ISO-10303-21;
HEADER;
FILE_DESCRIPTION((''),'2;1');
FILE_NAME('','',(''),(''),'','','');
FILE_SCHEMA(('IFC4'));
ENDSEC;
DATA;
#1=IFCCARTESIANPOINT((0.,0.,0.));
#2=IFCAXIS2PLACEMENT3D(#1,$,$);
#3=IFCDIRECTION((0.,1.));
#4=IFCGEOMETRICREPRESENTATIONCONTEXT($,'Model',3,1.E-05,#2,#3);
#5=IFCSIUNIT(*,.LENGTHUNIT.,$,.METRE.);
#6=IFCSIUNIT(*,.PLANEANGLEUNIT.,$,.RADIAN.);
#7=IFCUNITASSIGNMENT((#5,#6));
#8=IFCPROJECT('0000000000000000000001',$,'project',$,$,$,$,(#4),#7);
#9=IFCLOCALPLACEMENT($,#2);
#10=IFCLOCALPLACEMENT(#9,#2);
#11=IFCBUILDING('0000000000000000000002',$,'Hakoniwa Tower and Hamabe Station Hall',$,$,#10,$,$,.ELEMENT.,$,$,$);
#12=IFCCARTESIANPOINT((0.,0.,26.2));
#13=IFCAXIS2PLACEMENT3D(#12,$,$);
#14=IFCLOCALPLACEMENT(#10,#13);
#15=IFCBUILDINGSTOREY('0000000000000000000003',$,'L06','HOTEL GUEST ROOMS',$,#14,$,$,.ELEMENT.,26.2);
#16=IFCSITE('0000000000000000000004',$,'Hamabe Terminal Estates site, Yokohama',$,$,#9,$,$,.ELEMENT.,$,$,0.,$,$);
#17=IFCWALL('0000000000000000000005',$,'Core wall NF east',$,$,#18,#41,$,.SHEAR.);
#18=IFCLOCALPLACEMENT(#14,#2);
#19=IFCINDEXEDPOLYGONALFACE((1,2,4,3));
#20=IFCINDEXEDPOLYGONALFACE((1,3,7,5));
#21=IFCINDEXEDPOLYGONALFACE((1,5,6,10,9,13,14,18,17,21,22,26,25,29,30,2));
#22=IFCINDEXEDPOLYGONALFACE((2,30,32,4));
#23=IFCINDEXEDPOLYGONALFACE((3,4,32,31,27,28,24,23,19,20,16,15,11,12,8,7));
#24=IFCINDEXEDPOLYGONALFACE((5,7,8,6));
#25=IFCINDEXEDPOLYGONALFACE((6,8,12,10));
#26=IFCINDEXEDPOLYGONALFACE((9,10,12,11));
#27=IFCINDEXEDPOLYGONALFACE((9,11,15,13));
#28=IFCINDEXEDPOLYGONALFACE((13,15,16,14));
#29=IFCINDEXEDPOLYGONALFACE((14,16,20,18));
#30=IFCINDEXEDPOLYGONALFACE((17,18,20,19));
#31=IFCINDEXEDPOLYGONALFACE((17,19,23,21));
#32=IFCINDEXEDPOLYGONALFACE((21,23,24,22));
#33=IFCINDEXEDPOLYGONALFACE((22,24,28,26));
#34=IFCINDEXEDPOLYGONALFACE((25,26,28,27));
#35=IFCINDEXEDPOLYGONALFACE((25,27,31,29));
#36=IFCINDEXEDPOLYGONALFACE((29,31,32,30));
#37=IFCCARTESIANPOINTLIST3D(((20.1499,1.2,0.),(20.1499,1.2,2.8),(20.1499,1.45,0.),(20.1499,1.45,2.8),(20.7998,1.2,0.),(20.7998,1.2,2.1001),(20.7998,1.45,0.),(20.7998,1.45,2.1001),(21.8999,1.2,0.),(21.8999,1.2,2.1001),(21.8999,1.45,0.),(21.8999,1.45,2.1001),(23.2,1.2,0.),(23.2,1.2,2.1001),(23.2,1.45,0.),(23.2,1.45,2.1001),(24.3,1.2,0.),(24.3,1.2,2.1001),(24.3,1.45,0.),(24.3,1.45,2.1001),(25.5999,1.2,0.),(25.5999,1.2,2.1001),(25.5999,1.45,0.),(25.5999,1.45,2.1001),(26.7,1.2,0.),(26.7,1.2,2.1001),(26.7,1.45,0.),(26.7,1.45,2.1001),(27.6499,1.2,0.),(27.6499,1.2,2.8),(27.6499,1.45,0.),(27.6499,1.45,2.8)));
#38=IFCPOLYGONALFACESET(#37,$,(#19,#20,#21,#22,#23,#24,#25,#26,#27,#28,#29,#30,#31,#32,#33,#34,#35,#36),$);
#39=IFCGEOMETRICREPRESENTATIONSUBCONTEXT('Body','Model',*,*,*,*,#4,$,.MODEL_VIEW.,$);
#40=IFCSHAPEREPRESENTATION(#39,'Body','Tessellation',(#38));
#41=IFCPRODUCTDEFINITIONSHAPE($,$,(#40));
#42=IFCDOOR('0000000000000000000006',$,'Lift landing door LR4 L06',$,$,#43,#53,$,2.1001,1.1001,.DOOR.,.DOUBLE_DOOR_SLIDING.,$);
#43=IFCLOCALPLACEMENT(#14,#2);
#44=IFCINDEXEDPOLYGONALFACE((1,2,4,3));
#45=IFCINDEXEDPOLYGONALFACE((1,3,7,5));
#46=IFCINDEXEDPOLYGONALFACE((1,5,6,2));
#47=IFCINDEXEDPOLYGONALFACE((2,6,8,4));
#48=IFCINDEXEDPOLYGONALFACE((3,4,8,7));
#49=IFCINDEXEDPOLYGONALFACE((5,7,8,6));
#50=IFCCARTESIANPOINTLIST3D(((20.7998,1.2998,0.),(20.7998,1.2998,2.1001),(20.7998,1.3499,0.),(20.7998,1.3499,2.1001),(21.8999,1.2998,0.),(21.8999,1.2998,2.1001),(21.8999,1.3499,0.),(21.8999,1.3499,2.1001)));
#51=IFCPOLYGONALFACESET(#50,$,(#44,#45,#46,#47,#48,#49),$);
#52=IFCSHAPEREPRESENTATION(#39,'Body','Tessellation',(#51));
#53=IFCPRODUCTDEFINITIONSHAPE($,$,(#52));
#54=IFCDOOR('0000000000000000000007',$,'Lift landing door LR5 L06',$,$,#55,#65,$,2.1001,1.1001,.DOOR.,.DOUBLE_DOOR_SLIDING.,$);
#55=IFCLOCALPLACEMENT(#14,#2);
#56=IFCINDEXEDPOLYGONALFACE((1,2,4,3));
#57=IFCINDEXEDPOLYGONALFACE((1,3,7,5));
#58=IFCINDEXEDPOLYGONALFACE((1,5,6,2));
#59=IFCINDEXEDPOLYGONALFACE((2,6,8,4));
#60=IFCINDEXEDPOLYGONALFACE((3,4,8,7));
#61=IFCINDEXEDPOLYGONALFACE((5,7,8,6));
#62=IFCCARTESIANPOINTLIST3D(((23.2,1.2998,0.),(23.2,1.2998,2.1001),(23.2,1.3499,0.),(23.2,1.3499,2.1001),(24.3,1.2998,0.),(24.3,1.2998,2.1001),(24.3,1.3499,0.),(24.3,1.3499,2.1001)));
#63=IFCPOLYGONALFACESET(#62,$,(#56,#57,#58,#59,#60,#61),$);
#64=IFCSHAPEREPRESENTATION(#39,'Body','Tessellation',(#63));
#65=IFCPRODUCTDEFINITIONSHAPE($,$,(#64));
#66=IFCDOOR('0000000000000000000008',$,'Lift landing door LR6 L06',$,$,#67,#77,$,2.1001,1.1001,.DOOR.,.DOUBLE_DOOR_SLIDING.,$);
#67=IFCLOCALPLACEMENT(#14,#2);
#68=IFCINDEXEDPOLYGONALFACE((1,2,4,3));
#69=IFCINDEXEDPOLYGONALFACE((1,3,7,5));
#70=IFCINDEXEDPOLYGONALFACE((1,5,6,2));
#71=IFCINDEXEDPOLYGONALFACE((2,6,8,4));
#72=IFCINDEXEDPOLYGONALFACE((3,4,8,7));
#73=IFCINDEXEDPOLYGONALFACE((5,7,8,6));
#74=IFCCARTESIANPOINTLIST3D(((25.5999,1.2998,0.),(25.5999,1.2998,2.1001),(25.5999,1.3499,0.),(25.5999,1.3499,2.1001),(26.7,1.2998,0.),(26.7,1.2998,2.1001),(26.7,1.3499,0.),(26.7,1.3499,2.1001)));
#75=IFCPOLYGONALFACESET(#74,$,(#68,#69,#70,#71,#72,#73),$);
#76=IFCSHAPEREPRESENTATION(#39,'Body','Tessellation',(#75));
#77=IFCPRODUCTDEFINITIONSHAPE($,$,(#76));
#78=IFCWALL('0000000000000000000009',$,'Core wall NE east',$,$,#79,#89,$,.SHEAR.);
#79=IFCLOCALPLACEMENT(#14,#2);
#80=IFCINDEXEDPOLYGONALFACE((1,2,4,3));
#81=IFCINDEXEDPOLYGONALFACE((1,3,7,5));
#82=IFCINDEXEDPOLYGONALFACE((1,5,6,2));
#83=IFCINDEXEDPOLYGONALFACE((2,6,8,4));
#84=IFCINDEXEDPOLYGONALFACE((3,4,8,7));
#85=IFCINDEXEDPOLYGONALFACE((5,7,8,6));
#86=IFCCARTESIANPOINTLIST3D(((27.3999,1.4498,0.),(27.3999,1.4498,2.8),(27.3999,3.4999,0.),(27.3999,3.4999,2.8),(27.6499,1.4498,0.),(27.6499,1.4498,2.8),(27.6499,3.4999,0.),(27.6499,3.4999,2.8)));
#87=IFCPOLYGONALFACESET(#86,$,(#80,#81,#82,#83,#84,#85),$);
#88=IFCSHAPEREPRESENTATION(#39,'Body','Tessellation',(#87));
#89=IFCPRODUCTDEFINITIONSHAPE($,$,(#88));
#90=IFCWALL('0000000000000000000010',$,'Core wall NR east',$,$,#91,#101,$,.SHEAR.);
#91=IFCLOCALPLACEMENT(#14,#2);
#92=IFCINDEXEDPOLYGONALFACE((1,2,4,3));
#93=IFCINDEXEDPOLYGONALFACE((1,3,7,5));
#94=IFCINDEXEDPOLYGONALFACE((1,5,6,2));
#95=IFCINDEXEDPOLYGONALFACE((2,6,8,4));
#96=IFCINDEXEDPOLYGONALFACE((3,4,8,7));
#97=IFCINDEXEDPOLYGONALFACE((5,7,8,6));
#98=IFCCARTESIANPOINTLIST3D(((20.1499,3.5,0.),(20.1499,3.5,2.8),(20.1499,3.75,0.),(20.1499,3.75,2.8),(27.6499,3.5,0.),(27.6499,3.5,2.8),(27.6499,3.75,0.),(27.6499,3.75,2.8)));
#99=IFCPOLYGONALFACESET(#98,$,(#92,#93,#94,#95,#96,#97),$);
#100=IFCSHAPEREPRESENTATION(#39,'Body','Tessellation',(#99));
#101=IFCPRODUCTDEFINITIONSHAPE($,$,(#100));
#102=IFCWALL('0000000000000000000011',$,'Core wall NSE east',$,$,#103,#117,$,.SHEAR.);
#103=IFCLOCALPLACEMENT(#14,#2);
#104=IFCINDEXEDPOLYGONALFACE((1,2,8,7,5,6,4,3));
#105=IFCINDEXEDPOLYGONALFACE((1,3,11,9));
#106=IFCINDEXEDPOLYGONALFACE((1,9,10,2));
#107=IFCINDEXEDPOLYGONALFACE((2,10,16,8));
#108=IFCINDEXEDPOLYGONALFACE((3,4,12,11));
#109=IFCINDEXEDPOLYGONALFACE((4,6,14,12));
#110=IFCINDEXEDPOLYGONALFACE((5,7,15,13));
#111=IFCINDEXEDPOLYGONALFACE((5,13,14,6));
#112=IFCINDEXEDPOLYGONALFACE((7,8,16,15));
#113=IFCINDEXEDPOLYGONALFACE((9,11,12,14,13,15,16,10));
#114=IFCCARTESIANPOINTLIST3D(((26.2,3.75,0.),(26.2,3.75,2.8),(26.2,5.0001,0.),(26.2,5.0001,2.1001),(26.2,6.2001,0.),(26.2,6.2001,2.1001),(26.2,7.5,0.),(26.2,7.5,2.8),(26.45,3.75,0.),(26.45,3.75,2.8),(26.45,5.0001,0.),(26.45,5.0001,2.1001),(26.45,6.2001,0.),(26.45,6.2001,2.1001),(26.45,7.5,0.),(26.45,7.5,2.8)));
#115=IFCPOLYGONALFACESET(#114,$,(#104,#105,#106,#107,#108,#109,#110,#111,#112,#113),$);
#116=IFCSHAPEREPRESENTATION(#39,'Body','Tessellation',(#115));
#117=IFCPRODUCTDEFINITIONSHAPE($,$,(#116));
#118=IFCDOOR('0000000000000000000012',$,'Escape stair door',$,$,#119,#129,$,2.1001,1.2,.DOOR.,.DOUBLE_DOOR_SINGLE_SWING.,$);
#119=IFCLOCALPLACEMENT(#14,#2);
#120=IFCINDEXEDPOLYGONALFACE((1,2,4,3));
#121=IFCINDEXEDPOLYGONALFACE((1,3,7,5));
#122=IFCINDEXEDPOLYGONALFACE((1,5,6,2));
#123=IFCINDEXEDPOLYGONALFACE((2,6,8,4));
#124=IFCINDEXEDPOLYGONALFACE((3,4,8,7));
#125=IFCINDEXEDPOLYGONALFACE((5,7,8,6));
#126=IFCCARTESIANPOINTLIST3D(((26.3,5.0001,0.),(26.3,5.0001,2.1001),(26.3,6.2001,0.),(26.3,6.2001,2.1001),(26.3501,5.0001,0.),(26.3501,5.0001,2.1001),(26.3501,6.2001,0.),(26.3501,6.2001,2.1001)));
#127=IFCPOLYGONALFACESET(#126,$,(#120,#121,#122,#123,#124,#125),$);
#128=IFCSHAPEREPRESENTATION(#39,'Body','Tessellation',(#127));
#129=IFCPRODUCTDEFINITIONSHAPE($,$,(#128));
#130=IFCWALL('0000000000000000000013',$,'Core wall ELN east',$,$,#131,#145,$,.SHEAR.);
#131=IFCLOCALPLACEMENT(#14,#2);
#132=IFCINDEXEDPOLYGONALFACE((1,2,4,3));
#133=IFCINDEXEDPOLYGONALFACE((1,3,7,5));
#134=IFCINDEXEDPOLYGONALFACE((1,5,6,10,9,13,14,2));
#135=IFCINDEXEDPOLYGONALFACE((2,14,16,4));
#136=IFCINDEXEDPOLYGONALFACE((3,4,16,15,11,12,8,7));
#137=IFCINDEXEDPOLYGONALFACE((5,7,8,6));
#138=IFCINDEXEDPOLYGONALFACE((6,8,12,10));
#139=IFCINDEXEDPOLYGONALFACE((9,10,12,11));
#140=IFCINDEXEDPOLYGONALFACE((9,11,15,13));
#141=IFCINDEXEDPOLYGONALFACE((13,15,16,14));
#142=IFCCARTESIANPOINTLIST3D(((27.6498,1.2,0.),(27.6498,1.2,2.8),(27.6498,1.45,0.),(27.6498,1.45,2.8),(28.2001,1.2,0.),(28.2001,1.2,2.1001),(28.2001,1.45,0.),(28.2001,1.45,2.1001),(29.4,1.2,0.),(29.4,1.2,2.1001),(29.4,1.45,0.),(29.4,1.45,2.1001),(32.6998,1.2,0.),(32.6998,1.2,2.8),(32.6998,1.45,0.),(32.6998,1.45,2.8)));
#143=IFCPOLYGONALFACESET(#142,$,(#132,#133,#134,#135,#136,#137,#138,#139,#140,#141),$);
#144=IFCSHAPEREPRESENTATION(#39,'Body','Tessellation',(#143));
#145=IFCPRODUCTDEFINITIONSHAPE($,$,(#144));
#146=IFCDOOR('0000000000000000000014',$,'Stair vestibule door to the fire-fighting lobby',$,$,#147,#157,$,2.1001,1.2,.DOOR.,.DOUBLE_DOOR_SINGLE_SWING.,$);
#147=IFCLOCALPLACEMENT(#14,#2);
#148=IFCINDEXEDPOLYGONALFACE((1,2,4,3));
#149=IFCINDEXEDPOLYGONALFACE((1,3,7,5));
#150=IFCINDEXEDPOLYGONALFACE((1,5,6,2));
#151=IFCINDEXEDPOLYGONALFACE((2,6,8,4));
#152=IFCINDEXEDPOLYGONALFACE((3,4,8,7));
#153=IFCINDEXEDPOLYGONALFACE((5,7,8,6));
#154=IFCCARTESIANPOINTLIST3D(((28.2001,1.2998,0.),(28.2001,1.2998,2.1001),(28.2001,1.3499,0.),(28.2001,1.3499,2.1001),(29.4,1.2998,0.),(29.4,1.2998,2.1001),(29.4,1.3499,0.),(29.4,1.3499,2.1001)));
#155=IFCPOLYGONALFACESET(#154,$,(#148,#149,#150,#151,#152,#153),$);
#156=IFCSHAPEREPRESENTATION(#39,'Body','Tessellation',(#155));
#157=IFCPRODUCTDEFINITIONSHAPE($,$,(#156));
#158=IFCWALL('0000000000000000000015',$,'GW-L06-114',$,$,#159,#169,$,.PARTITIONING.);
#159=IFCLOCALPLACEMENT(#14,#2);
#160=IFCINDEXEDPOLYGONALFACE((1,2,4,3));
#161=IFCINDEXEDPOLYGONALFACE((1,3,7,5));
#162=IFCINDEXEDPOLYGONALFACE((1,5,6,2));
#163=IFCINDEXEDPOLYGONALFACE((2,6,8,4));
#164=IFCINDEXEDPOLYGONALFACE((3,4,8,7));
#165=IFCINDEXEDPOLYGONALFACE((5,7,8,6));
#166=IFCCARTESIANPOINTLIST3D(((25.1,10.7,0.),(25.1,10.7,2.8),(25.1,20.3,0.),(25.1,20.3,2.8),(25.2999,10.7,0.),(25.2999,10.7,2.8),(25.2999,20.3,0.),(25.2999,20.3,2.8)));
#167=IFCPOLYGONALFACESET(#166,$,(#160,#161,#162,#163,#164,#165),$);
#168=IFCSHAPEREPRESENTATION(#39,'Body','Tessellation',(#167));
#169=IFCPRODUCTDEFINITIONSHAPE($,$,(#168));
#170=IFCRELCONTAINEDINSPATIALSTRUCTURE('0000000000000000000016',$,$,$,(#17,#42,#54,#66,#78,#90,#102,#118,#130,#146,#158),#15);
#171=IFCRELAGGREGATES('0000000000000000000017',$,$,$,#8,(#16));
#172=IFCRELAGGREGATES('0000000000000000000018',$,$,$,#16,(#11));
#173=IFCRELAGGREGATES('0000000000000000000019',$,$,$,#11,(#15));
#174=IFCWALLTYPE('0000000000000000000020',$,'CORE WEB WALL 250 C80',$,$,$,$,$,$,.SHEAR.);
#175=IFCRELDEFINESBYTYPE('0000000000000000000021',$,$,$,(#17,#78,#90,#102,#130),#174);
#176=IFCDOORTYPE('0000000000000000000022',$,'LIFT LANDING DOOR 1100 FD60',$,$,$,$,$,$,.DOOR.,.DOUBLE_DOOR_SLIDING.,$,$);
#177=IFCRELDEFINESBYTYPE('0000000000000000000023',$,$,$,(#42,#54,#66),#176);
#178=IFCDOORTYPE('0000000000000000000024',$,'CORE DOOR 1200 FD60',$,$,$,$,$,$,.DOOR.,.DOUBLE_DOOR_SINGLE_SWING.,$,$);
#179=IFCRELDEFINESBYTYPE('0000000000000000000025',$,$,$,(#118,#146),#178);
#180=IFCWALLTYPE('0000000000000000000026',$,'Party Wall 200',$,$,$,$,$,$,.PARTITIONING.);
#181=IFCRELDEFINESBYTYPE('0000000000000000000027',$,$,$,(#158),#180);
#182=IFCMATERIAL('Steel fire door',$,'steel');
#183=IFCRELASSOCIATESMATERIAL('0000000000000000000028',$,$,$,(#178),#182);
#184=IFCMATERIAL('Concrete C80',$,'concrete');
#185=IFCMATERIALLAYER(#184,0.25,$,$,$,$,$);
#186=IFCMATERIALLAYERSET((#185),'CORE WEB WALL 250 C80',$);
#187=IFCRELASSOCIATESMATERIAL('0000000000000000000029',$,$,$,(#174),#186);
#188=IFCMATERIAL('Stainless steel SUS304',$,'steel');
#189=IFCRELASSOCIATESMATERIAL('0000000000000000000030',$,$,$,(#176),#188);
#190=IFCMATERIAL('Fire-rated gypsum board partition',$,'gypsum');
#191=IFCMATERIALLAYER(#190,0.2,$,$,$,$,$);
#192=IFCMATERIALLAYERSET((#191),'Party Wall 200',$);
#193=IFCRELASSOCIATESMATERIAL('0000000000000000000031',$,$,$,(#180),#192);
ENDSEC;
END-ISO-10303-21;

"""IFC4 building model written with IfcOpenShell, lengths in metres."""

from ifc_helpers import new_model, si_unit, direction, frame, frame_2d, origin, place, context, subcontext, project, spatial, rectangle, extrude, material, layer, layer_set, type_object, element, fill, save


model = new_model("IFC4")

# Units and contexts
model_context = context("Model", 3, precision=1e-05, world=origin(), true_north=direction((0.0, 1.0)))
body_context = subcontext(model_context, "Body", "Model", "MODEL_VIEW")
ifc_project = project(units=[si_unit("LENGTHUNIT", "METRE"), si_unit("PLANEANGLEUNIT", "RADIAN")], contexts=[model_context])

# Site, building, storey
site_placement = place(None, origin())
site = spatial("IfcSite", under=ifc_project, at=site_placement, Name="Hamabe Terminal Estates site, Yokohama", CompositionType="ELEMENT", RefElevation=0.0)
building_placement = place(site_placement, origin())
building = spatial("IfcBuilding", under=site, at=building_placement, Name="Hakoniwa Tower and Hamabe Station Hall", CompositionType="ELEMENT")
storey_placement = place(building_placement, frame((0.0, 0.0, 26.2)))
storey = spatial("IfcBuildingStorey", under=building, at=storey_placement, Name="L06", Description="HOTEL GUEST ROOMS", CompositionType="ELEMENT", Elevation=26.2)

# Shared definitions
ifc_material_1 = material(Name="Steel fire door", Category="steel")
door_type_1 = type_object("IfcDoorType", Name="CORE DOOR 1200 FD60", OperationType="DOUBLE_DOOR_SINGLE_SWING", PredefinedType="DOOR", material=ifc_material_1)

# Shared definitions
ifc_material_2 = material(Name="Concrete C80", Category="concrete")
ifc_layer_1 = layer(ifc_material_2, 0.25)
ifc_layer_set_1 = layer_set([ifc_layer_1], Name="CORE WEB WALL 250 C80")
wall_type_1 = type_object("IfcWallType", Name="CORE WEB WALL 250 C80", PredefinedType="SHEAR", material=ifc_layer_set_1)

# Wall, openings, doors
wall_1_placement = place(storey_placement, frame((20.1499, 1.325, 0.0), z_axis=(0.0, 0.0, 1.0), x_axis=(1.0, 0.0, 0.0)))
wall_1 = element("IfcWall", 1, at=wall_1_placement, inside=storey, type_object=wall_type_1, Name="Core wall NF east", PredefinedType="SHEAR", context=body_context, shape_type="SweptSolid", body=[
    extrude(rectangle(XDim=7.5, YDim=0.25, at=frame_2d((3.75, 0.0))), origin(), (0.0, 0.0, 1.0), 2.8),
])
opening_1_placement = place(wall_1_placement, frame((0.6499, 0.0, 0.0)))
opening_1 = element("IfcOpeningElement", 2, at=opening_1_placement, cuts=wall_1, PredefinedType="OPENING", context=body_context, shape_type="SweptSolid", body=[
    extrude(rectangle(XDim=1.1001, YDim=2.1001, at=frame_2d((0.55, 1.05))), frame((0.0, 0.135, 0.0), z_axis=(0.0, -1.0, 0.0), x_axis=(1.0, 0.0, 0.0)), (0.0, 0.0, 1.0), 0.27),
])
opening_2_placement = place(wall_1_placement, frame((3.05, 0.0, 0.0)))
opening_2 = element("IfcOpeningElement", 3, at=opening_2_placement, cuts=wall_1, PredefinedType="OPENING", context=body_context, shape_type="SweptSolid", body=[
    extrude(rectangle(XDim=1.1001, YDim=2.1001, at=frame_2d((0.55, 1.05))), frame((0.0, 0.135, 0.0), z_axis=(0.0, -1.0, 0.0), x_axis=(1.0, 0.0, 0.0)), (0.0, 0.0, 1.0), 0.27),
])
opening_3_placement = place(wall_1_placement, frame((5.45, 0.0, 0.0)))
opening_3 = element("IfcOpeningElement", 4, at=opening_3_placement, cuts=wall_1, PredefinedType="OPENING", context=body_context, shape_type="SweptSolid", body=[
    extrude(rectangle(XDim=1.1001, YDim=2.1001, at=frame_2d((0.55, 1.05))), frame((0.0, 0.135, 0.0), z_axis=(0.0, -1.0, 0.0), x_axis=(1.0, 0.0, 0.0)), (0.0, 0.0, 1.0), 0.27),
])
ifc_material_3 = material(Name="Stainless steel SUS304", Category="steel")
door_type_2 = type_object("IfcDoorType", Name="LIFT LANDING DOOR 1100 FD60", OperationType="DOUBLE_DOOR_SLIDING", PredefinedType="DOOR", material=ifc_material_3)
door_1_placement = place(opening_1_placement, origin())
door_1 = element("IfcDoor", 5, at=door_1_placement, inside=storey, type_object=door_type_2, Name="Lift landing door LR4 L06", OperationType="DOUBLE_DOOR_SLIDING", OverallHeight=2.1001, OverallWidth=1.1001, PredefinedType="DOOR", context=body_context, shape_type="SweptSolid", body=[
    extrude(rectangle(XDim=1.1001, YDim=2.1001, at=frame_2d((0.55, 1.05))), frame((0.0, 0.0249, 0.0), z_axis=(0.0, -1.0, 0.0), x_axis=(1.0, 0.0, 0.0)), (0.0, 0.0, 1.0), 0.05),
])
fill(opening_1, door_1)
door_2_placement = place(opening_2_placement, origin())
door_2 = element("IfcDoor", 6, at=door_2_placement, inside=storey, type_object=door_type_2, Name="Lift landing door LR5 L06", OperationType="DOUBLE_DOOR_SLIDING", OverallHeight=2.1001, OverallWidth=1.1001, PredefinedType="DOOR", context=body_context, shape_type="SweptSolid", body=[
    extrude(rectangle(XDim=1.1001, YDim=2.1001, at=frame_2d((0.55, 1.05))), frame((0.0, 0.0249, 0.0), z_axis=(0.0, -1.0, 0.0), x_axis=(1.0, 0.0, 0.0)), (0.0, 0.0, 1.0), 0.05),
])
fill(opening_2, door_2)
door_3_placement = place(opening_3_placement, origin())
door_3 = element("IfcDoor", 7, at=door_3_placement, inside=storey, type_object=door_type_2, Name="Lift landing door LR6 L06", OperationType="DOUBLE_DOOR_SLIDING", OverallHeight=2.1001, OverallWidth=1.1001, PredefinedType="DOOR", context=body_context, shape_type="SweptSolid", body=[
    extrude(rectangle(XDim=1.1001, YDim=2.1001, at=frame_2d((0.55, 1.05))), frame((0.0, 0.0249, 0.0), z_axis=(0.0, -1.0, 0.0), x_axis=(1.0, 0.0, 0.0)), (0.0, 0.0, 1.0), 0.05),
])
fill(opening_3, door_3)

# Walls
wall_2_placement = place(storey_placement, frame((27.5249, 1.45, 0.0), z_axis=(0.0, 0.0, 1.0), x_axis=(0.0, 1.0, 0.0)))
element("IfcWall", 8, at=wall_2_placement, inside=storey, type_object=wall_type_1, Name="Core wall NE east", PredefinedType="SHEAR", context=body_context, shape_type="SweptSolid", body=[
    extrude(rectangle(XDim=2.05, YDim=0.25, at=frame_2d((1.0249, 0.0))), origin(), (0.0, 0.0, 1.0), 2.8),
])
wall_3_placement = place(storey_placement, frame((20.1499, 3.625, 0.0), z_axis=(0.0, 0.0, 1.0), x_axis=(1.0, 0.0, 0.0)))
element("IfcWall", 9, at=wall_3_placement, inside=storey, type_object=wall_type_1, Name="Core wall NR east", PredefinedType="SHEAR", context=body_context, shape_type="SweptSolid", body=[
    extrude(rectangle(XDim=7.5, YDim=0.25, at=frame_2d((3.75, 0.0))), origin(), (0.0, 0.0, 1.0), 2.8),
])

# Walls, openings, doors
wall_4_placement = place(storey_placement, frame((26.325, 3.75, 0.0), z_axis=(0.0, 0.0, 1.0), x_axis=(0.0, 1.0, 0.0)))
wall_4 = element("IfcWall", 10, at=wall_4_placement, inside=storey, type_object=wall_type_1, Name="Core wall NSE east", PredefinedType="SHEAR", context=body_context, shape_type="SweptSolid", body=[
    extrude(rectangle(XDim=3.75, YDim=0.25, at=frame_2d((1.875, 0.0))), origin(), (0.0, 0.0, 1.0), 2.8),
])
opening_4_placement = place(wall_4_placement, frame((1.25, 0.0, 0.0)))
opening_4 = element("IfcOpeningElement", 11, at=opening_4_placement, cuts=wall_4, PredefinedType="OPENING", context=body_context, shape_type="SweptSolid", body=[
    extrude(rectangle(XDim=1.2, YDim=2.1001, at=frame_2d((0.6001, 1.05))), frame((0.0, 0.135, 0.0), z_axis=(0.0, -1.0, 0.0), x_axis=(1.0, 0.0, 0.0)), (0.0, 0.0, 1.0), 0.27),
])
door_4_placement = place(opening_4_placement, origin())
door_4 = element("IfcDoor", 12, at=door_4_placement, inside=storey, type_object=door_type_1, Name="Escape stair door", OperationType="DOUBLE_DOOR_SINGLE_SWING", OverallHeight=2.1001, OverallWidth=1.2, PredefinedType="DOOR", context=body_context, shape_type="SweptSolid", body=[
    extrude(rectangle(XDim=1.2, YDim=2.1001, at=frame_2d((0.6001, 1.05))), frame((0.0, 0.0249, 0.0), z_axis=(0.0, -1.0, 0.0), x_axis=(1.0, 0.0, 0.0)), (0.0, 0.0, 1.0), 0.05),
])
fill(opening_4, door_4)
wall_5_placement = place(storey_placement, frame((27.6499, 1.325, 0.0), z_axis=(0.0, 0.0, 1.0), x_axis=(1.0, 0.0, 0.0)))
wall_5 = element("IfcWall", 13, at=wall_5_placement, inside=storey, type_object=wall_type_1, Name="Core wall ELN east", PredefinedType="SHEAR", context=body_context, shape_type="SweptSolid", body=[
    extrude(rectangle(XDim=5.05, YDim=0.25, at=frame_2d((2.5249, 0.0))), origin(), (0.0, 0.0, 1.0), 2.8),
])
opening_5_placement = place(wall_5_placement, frame((0.55, 0.0, 0.0)))
opening_5 = element("IfcOpeningElement", 14, at=opening_5_placement, cuts=wall_5, PredefinedType="OPENING", context=body_context, shape_type="SweptSolid", body=[
    extrude(rectangle(XDim=1.2, YDim=2.1001, at=frame_2d((0.6001, 1.05))), frame((0.0, 0.135, 0.0), z_axis=(0.0, -1.0, 0.0), x_axis=(1.0, 0.0, 0.0)), (0.0, 0.0, 1.0), 0.27),
])
door_5_placement = place(opening_5_placement, origin())
door_5 = element("IfcDoor", 15, at=door_5_placement, inside=storey, type_object=door_type_1, Name="Stair vestibule door to the fire-fighting lobby", OperationType="DOUBLE_DOOR_SINGLE_SWING", OverallHeight=2.1001, OverallWidth=1.2, PredefinedType="DOOR", context=body_context, shape_type="SweptSolid", body=[
    extrude(rectangle(XDim=1.2, YDim=2.1001, at=frame_2d((0.6001, 1.05))), frame((0.0, 0.0249, 0.0), z_axis=(0.0, -1.0, 0.0), x_axis=(1.0, 0.0, 0.0)), (0.0, 0.0, 1.0), 0.05),
])
fill(opening_5, door_5)

# Wall
ifc_material_4 = material(Name="Fire-rated gypsum board partition", Category="gypsum")
ifc_layer_2 = layer(ifc_material_4, 0.2)
ifc_layer_set_2 = layer_set([ifc_layer_2], Name="Party Wall 200")
wall_type_2 = type_object("IfcWallType", Name="Party Wall 200", PredefinedType="PARTITIONING", material=ifc_layer_set_2)
wall_6_placement = place(storey_placement, frame((25.2, 10.7, 0.0), z_axis=(0.0, 0.0, 1.0), x_axis=(0.0, 1.0, 0.0)))
element("IfcWall", 16, at=wall_6_placement, inside=storey, type_object=wall_type_2, Name="GW-L06-114", PredefinedType="PARTITIONING", context=body_context, shape_type="SweptSolid", body=[
    extrude(rectangle(XDim=9.6001, YDim=0.2, at=frame_2d((4.8, 0.0))), origin(), (0.0, 0.0, 1.0), 2.8),
])

save(model, "model.ifc")
